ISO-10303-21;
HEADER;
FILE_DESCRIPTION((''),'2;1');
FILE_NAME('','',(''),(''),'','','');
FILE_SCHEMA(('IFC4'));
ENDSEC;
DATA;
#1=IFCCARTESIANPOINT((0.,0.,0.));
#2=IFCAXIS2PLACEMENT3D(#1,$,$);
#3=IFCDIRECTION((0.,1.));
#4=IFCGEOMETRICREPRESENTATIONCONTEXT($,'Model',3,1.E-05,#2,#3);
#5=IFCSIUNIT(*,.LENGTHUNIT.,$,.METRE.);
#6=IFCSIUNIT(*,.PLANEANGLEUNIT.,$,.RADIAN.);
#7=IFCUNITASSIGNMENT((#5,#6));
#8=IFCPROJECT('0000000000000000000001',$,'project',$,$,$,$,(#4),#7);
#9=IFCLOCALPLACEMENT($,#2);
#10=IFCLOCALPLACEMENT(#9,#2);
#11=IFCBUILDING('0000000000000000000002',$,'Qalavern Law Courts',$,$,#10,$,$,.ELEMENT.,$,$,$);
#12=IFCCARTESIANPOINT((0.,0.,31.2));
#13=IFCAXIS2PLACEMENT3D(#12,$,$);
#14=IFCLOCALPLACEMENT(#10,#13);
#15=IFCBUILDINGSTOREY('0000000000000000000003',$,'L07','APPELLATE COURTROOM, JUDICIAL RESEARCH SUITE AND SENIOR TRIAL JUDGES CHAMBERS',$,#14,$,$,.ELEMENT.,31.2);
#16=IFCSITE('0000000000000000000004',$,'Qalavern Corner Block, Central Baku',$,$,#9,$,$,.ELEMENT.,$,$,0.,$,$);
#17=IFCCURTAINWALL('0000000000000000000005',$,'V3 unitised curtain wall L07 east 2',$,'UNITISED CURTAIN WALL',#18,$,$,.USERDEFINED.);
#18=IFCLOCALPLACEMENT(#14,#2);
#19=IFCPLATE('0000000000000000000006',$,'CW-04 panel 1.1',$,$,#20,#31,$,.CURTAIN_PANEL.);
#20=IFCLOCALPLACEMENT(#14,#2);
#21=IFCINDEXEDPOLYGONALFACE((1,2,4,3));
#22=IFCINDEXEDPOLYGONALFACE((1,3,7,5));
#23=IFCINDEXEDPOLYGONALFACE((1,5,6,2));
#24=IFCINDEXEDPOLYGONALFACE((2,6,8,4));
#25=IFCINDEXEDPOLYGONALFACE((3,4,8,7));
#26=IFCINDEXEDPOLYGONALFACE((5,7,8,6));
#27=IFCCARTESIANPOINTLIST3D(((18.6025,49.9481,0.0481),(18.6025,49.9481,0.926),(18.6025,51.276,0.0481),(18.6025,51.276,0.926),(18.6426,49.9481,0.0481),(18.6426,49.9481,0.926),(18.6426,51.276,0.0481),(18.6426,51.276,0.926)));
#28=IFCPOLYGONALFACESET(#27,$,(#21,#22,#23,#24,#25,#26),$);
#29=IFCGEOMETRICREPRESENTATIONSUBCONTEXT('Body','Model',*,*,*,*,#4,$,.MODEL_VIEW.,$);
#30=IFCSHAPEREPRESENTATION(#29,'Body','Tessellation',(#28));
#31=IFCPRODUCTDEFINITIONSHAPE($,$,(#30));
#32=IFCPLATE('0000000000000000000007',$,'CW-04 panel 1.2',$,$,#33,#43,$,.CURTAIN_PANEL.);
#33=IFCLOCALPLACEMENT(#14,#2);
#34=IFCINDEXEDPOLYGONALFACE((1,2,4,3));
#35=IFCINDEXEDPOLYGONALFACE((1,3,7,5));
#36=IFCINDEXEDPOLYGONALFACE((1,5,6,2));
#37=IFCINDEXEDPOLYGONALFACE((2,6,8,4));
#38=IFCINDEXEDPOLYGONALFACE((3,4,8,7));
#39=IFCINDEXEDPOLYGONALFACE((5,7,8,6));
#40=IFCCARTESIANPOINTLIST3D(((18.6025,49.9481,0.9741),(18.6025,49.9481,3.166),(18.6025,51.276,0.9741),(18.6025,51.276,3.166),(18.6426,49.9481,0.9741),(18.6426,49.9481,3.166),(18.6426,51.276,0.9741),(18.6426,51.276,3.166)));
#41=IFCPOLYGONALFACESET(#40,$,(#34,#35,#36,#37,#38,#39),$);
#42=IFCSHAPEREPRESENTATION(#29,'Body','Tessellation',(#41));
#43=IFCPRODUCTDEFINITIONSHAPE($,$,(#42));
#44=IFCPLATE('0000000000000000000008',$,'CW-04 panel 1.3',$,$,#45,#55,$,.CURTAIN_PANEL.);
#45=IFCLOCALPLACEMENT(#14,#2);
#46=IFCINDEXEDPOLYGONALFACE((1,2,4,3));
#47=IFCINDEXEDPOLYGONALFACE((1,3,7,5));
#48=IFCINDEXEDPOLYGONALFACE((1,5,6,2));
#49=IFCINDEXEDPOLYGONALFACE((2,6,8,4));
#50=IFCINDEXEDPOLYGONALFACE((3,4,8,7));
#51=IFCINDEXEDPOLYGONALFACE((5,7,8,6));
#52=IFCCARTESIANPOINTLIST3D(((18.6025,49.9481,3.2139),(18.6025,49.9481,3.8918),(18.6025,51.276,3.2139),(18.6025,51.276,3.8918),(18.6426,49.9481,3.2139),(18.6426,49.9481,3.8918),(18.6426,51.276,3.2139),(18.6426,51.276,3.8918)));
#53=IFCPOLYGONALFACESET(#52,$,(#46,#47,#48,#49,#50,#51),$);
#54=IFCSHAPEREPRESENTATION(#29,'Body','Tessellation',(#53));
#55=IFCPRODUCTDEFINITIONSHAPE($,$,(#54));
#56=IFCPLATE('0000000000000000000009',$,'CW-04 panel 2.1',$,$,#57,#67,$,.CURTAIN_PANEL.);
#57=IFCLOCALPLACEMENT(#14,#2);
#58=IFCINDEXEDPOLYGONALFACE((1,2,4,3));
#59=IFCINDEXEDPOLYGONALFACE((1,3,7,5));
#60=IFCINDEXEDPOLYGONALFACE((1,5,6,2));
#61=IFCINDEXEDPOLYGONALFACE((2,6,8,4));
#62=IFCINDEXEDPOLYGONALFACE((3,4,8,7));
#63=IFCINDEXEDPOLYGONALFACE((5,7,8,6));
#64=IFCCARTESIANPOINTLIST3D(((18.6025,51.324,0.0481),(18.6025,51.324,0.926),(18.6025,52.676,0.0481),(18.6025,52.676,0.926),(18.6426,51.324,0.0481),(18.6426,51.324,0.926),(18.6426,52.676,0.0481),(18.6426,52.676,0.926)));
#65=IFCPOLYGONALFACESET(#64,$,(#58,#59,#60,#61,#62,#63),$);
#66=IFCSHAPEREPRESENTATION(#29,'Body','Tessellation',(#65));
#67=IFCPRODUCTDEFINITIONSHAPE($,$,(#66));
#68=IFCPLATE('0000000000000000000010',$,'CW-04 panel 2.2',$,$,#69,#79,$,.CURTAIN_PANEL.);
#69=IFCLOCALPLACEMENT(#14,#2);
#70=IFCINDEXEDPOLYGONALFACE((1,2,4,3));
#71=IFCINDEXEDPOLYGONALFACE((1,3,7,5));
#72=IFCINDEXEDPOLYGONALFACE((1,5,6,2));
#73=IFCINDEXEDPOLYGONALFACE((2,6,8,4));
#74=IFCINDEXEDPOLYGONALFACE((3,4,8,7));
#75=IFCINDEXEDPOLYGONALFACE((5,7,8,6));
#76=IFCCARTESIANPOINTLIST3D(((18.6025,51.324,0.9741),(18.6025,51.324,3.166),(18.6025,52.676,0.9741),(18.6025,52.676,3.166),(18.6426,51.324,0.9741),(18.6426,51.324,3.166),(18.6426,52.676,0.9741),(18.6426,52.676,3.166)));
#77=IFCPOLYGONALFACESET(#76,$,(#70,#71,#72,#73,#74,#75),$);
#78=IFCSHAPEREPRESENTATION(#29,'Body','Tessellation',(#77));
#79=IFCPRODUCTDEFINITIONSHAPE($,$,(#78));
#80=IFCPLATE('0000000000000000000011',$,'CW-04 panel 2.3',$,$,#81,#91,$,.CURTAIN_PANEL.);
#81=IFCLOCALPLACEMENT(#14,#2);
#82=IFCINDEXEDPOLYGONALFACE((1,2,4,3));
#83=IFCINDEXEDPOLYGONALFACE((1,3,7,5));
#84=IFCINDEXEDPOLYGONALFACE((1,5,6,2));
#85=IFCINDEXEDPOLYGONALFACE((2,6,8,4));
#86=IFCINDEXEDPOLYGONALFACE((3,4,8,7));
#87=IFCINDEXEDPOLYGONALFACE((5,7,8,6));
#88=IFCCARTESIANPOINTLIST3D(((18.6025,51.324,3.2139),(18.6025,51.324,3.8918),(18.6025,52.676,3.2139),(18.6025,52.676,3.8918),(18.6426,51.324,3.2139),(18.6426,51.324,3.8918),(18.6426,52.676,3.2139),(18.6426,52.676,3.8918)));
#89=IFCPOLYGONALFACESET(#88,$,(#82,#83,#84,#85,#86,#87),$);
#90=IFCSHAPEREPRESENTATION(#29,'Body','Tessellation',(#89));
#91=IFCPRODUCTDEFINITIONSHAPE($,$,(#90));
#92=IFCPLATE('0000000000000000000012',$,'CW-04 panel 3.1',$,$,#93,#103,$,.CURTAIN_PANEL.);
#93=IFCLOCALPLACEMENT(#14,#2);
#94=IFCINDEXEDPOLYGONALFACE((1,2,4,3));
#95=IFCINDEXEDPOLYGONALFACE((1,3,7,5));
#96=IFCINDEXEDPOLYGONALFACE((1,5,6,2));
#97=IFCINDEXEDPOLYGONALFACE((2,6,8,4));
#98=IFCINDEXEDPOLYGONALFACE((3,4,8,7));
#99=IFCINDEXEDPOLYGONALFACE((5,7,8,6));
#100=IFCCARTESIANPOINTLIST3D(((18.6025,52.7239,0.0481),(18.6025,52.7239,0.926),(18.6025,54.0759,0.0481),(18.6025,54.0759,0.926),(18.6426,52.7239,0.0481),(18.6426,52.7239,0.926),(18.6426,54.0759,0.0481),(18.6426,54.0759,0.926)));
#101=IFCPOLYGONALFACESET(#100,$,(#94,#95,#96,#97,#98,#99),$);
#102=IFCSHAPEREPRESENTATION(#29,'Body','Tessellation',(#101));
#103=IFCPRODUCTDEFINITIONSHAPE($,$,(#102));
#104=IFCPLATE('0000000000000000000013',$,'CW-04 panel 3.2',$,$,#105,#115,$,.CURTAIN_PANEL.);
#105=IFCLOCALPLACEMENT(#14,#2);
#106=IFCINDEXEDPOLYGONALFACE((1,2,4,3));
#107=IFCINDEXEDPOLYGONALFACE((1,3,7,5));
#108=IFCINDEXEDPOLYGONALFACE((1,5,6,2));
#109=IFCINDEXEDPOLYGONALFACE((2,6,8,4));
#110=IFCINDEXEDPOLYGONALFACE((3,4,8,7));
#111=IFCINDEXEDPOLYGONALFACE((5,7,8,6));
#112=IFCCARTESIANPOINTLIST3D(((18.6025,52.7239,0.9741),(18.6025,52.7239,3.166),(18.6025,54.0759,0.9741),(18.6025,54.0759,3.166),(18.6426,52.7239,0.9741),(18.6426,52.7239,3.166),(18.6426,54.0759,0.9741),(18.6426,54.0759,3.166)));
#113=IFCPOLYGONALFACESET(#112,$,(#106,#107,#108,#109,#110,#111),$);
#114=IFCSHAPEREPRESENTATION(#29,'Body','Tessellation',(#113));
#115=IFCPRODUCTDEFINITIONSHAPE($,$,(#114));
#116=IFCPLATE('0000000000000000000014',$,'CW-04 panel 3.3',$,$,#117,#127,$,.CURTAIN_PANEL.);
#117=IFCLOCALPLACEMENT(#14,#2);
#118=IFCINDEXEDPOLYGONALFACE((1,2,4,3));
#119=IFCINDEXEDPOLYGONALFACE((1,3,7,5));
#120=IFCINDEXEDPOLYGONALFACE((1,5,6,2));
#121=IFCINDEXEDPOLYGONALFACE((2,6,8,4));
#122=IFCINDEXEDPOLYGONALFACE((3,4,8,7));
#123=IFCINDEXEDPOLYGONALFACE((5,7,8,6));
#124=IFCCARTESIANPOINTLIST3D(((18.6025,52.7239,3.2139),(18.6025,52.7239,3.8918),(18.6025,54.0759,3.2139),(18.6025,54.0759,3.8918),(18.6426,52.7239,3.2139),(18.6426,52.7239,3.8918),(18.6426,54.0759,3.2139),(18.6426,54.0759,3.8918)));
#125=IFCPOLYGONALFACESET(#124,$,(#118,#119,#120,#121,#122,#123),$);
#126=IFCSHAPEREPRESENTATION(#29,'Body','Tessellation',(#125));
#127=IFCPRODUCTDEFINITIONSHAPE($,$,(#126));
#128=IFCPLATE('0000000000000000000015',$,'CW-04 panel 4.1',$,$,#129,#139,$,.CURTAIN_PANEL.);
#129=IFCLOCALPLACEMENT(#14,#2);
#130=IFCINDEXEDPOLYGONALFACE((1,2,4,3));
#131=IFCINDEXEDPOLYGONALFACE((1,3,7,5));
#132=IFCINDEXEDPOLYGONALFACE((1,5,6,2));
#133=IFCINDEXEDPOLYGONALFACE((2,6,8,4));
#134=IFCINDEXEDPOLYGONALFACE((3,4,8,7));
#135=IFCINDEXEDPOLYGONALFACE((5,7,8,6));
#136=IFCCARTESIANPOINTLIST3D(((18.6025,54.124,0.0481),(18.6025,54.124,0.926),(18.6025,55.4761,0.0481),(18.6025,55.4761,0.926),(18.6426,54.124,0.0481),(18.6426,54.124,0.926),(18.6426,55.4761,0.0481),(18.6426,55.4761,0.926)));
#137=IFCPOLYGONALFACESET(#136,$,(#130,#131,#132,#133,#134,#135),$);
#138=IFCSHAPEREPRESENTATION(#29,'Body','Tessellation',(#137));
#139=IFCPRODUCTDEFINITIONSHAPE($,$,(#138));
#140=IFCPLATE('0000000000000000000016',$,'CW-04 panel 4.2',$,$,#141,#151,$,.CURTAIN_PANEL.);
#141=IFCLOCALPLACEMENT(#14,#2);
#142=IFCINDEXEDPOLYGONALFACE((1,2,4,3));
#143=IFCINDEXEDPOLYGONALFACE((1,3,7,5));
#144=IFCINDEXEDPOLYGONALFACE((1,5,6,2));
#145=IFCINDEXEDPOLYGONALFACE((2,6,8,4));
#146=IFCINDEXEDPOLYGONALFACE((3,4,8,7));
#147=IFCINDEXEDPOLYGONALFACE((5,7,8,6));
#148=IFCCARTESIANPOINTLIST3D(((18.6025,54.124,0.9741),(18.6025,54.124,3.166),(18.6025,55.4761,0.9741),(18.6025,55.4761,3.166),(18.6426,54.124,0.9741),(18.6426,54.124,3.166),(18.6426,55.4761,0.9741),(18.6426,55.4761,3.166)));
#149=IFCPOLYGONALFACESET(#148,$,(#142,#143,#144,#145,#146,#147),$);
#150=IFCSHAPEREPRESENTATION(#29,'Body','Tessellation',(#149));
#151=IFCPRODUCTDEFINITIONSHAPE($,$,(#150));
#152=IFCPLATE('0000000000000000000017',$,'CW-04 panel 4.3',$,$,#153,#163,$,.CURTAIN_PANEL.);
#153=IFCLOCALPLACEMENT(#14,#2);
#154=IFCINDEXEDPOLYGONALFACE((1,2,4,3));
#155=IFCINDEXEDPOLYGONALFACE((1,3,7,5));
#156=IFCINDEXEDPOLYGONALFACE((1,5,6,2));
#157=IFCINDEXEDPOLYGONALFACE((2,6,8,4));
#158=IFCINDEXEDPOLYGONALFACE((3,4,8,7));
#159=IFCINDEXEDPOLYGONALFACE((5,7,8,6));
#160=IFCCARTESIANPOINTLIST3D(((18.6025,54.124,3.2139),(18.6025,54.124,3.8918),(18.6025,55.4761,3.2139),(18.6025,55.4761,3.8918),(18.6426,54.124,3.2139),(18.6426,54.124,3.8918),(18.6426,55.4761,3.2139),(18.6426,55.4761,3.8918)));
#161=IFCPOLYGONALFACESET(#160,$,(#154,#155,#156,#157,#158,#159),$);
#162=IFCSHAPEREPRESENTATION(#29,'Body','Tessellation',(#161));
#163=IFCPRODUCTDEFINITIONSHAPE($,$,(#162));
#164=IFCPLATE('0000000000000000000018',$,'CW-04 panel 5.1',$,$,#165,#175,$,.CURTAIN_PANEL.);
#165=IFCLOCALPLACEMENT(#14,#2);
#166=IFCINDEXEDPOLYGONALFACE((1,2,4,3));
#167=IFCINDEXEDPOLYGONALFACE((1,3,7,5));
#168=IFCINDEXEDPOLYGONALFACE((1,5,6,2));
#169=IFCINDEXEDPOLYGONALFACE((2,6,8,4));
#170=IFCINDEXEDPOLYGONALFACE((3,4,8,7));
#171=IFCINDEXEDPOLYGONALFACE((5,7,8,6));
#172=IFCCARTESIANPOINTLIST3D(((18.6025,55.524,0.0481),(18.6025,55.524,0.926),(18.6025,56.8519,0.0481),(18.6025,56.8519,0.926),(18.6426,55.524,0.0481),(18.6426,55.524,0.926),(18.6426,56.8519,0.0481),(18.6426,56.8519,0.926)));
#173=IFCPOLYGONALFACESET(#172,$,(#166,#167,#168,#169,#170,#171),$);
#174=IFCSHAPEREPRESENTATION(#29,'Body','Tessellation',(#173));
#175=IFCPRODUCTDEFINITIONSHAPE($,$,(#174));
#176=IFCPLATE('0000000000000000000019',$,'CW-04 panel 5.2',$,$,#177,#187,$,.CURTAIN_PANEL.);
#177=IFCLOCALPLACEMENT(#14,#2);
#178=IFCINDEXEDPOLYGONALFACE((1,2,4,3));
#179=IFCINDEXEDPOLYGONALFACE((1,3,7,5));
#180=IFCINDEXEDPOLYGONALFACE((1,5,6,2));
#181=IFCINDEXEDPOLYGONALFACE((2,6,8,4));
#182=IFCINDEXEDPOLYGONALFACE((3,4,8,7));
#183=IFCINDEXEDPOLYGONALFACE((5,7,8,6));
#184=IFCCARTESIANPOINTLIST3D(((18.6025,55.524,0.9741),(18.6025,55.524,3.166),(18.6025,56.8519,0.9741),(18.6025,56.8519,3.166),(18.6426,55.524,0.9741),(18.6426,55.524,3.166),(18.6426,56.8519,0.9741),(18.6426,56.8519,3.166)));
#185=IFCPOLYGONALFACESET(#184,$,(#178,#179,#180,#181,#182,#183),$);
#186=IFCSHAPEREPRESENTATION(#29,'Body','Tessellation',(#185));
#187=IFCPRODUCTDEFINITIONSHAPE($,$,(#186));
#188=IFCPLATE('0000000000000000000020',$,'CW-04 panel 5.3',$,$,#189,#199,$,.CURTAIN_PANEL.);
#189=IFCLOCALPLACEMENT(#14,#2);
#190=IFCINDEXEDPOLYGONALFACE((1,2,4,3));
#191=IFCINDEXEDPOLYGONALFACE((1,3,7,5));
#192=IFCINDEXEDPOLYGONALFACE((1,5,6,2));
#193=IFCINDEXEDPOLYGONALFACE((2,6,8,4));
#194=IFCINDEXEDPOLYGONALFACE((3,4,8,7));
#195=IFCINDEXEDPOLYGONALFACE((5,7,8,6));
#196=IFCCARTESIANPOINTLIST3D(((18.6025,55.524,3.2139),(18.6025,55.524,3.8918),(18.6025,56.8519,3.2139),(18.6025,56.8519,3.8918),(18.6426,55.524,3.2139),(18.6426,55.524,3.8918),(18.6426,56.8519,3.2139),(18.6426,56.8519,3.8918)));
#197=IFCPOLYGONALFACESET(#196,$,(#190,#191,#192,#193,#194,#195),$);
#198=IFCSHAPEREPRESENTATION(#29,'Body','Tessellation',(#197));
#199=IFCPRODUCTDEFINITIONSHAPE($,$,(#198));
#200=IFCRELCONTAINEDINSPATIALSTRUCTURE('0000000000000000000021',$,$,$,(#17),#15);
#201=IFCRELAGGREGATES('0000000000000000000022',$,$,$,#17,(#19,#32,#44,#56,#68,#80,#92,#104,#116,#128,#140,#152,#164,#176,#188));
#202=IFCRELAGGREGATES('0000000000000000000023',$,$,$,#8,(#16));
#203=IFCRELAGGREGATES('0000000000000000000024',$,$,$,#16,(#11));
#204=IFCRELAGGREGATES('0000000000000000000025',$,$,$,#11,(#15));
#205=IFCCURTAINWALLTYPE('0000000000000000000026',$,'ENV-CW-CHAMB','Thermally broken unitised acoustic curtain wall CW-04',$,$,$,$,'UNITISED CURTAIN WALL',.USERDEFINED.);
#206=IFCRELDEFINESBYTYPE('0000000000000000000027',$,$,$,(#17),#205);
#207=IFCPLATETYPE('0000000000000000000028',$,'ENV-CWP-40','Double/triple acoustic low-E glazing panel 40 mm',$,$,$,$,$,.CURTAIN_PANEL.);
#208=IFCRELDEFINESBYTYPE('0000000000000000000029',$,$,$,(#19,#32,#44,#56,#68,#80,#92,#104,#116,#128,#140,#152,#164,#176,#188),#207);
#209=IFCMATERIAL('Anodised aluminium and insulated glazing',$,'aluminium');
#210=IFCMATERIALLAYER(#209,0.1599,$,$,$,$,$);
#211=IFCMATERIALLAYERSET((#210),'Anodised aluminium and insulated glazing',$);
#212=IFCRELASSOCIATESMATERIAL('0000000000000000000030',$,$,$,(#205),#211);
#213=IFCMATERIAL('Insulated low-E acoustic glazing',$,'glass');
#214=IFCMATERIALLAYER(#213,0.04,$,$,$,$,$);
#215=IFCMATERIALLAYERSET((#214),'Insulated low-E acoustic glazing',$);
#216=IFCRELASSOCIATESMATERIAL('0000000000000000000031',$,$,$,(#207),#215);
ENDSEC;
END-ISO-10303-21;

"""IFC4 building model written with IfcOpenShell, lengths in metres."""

from ifc_helpers import new_model, si_unit, direction, frame, origin, origin_2d, place, context, subcontext, project, spatial, rectangle, extrude, material, layer, layer_set, type_object, element, aggregate, save


model = new_model("IFC4")

# Units and contexts
model_context = context("Model", 3, precision=1e-05, world=origin(), true_north=direction((0.0, 1.0)))
body_context = subcontext(model_context, "Body", "Model", "MODEL_VIEW")
ifc_project = project(units=[si_unit("LENGTHUNIT", "METRE"), si_unit("PLANEANGLEUNIT", "RADIAN")], contexts=[model_context])

# Site, building, storey
site_placement = place(None, origin())
site = spatial("IfcSite", under=ifc_project, at=site_placement, Name="Qalavern Corner Block, Central Baku", CompositionType="ELEMENT", RefElevation=0.0)
building_placement = place(site_placement, origin())
building = spatial("IfcBuilding", under=site, at=building_placement, Name="Qalavern Law Courts", CompositionType="ELEMENT")
storey_placement = place(building_placement, frame((0.0, 0.0, 31.2)))
storey = spatial("IfcBuildingStorey", under=building, at=storey_placement, Name="L07", Description="APPELLATE COURTROOM, JUDICIAL RESEARCH SUITE AND SENIOR TRIAL JUDGES CHAMBERS", CompositionType="ELEMENT", Elevation=31.2)

# Curtain wall
ifc_material_1 = material(Name="Anodised aluminium and insulated glazing", Category="aluminium")
ifc_layer_1 = layer(ifc_material_1, 0.1599)
ifc_layer_set_1 = layer_set([ifc_layer_1], Name="Anodised aluminium and insulated glazing")
curtain_wall_type = type_object("IfcCurtainWallType", Name="ENV-CW-CHAMB", Description="Thermally broken unitised acoustic curtain wall CW-04", ElementType="UNITISED CURTAIN WALL", PredefinedType="USERDEFINED", material=ifc_layer_set_1)
curtain_wall_1_placement = place(storey_placement, origin())
curtain_wall_1 = element("IfcCurtainWall", 1, at=curtain_wall_1_placement, inside=storey, type_object=curtain_wall_type, Name="V3 unitised curtain wall L07 east 2", ObjectType="UNITISED CURTAIN WALL", PredefinedType="USERDEFINED")

# Plates
ifc_material_2 = material(Name="Insulated low-E acoustic glazing", Category="glass")
ifc_layer_2 = layer(ifc_material_2, 0.04)
ifc_layer_set_2 = layer_set([ifc_layer_2], Name="Insulated low-E acoustic glazing")
plate_type = type_object("IfcPlateType", Name="ENV-CWP-40", Description="Double/triple acoustic low-E glazing panel 40 mm", PredefinedType="CURTAIN_PANEL", material=ifc_layer_set_2)
plate_1_placement = place(storey_placement, frame((18.6226, 50.6121, 0.0481), z_axis=(0.0, 0.0, 1.0), x_axis=(0.0, 1.0, 0.0)))
plate_1 = element("IfcPlate", 2, at=plate_1_placement, type_object=plate_type, Name="CW-04 panel 1.1", PredefinedType="CURTAIN_PANEL", context=body_context, shape_type="SweptSolid", body=[
    extrude(rectangle(XDim=1.3279, YDim=0.04, at=origin_2d()), origin(), (0.0, 0.0, 1.0), 0.8779),
])
plate_2_placement = place(storey_placement, frame((18.6226, 50.6121, 0.9741), z_axis=(0.0, 0.0, 1.0), x_axis=(0.0, 1.0, 0.0)))
plate_2 = element("IfcPlate", 3, at=plate_2_placement, type_object=plate_type, Name="CW-04 panel 1.2", PredefinedType="CURTAIN_PANEL", context=body_context, shape_type="SweptSolid", body=[
    extrude(rectangle(XDim=1.3279, YDim=0.04, at=origin_2d()), origin(), (0.0, 0.0, 1.0), 2.1919),
])
plate_3_placement = place(storey_placement, frame((18.6226, 50.6121, 3.2139), z_axis=(0.0, 0.0, 1.0), x_axis=(0.0, 1.0, 0.0)))
plate_3 = element("IfcPlate", 4, at=plate_3_placement, type_object=plate_type, Name="CW-04 panel 1.3", PredefinedType="CURTAIN_PANEL", context=body_context, shape_type="SweptSolid", body=[
    extrude(rectangle(XDim=1.3279, YDim=0.04, at=origin_2d()), origin(), (0.0, 0.0, 1.0), 0.678),
])
plate_4_placement = place(storey_placement, frame((18.6226, 52.0, 0.0481), z_axis=(0.0, 0.0, 1.0), x_axis=(0.0, 1.0, 0.0)))
plate_4 = element("IfcPlate", 5, at=plate_4_placement, type_object=plate_type, Name="CW-04 panel 2.1", PredefinedType="CURTAIN_PANEL", context=body_context, shape_type="SweptSolid", body=[
    extrude(rectangle(XDim=1.3521, YDim=0.04, at=origin_2d()), origin(), (0.0, 0.0, 1.0), 0.8779),
])
plate_5_placement = place(storey_placement, frame((18.6226, 52.0, 0.9741), z_axis=(0.0, 0.0, 1.0), x_axis=(0.0, 1.0, 0.0)))
plate_5 = element("IfcPlate", 6, at=plate_5_placement, type_object=plate_type, Name="CW-04 panel 2.2", PredefinedType="CURTAIN_PANEL", context=body_context, shape_type="SweptSolid", body=[
    extrude(rectangle(XDim=1.3521, YDim=0.04, at=origin_2d()), origin(), (0.0, 0.0, 1.0), 2.1919),
])
plate_6_placement = place(storey_placement, frame((18.6226, 52.0, 3.2139), z_axis=(0.0, 0.0, 1.0), x_axis=(0.0, 1.0, 0.0)))
plate_6 = element("IfcPlate", 7, at=plate_6_placement, type_object=plate_type, Name="CW-04 panel 2.3", PredefinedType="CURTAIN_PANEL", context=body_context, shape_type="SweptSolid", body=[
    extrude(rectangle(XDim=1.3521, YDim=0.04, at=origin_2d()), origin(), (0.0, 0.0, 1.0), 0.678),
])
plate_7_placement = place(storey_placement, frame((18.6226, 53.3999, 0.0481), z_axis=(0.0, 0.0, 1.0), x_axis=(0.0, 1.0, 0.0)))
plate_7 = element("IfcPlate", 8, at=plate_7_placement, type_object=plate_type, Name="CW-04 panel 3.1", PredefinedType="CURTAIN_PANEL", context=body_context, shape_type="SweptSolid", body=[
    extrude(rectangle(XDim=1.3521, YDim=0.04, at=origin_2d()), origin(), (0.0, 0.0, 1.0), 0.8779),
])
plate_8_placement = place(storey_placement, frame((18.6226, 53.3999, 0.9741), z_axis=(0.0, 0.0, 1.0), x_axis=(0.0, 1.0, 0.0)))
plate_8 = element("IfcPlate", 9, at=plate_8_placement, type_object=plate_type, Name="CW-04 panel 3.2", PredefinedType="CURTAIN_PANEL", context=body_context, shape_type="SweptSolid", body=[
    extrude(rectangle(XDim=1.3521, YDim=0.04, at=origin_2d()), origin(), (0.0, 0.0, 1.0), 2.1919),
])
plate_9_placement = place(storey_placement, frame((18.6226, 53.3999, 3.2139), z_axis=(0.0, 0.0, 1.0), x_axis=(0.0, 1.0, 0.0)))
plate_9 = element("IfcPlate", 10, at=plate_9_placement, type_object=plate_type, Name="CW-04 panel 3.3", PredefinedType="CURTAIN_PANEL", context=body_context, shape_type="SweptSolid", body=[
    extrude(rectangle(XDim=1.3521, YDim=0.04, at=origin_2d()), origin(), (0.0, 0.0, 1.0), 0.678),
])
plate_10_placement = place(storey_placement, frame((18.6226, 54.8, 0.0481), z_axis=(0.0, 0.0, 1.0), x_axis=(0.0, 1.0, 0.0)))
plate_10 = element("IfcPlate", 11, at=plate_10_placement, type_object=plate_type, Name="CW-04 panel 4.1", PredefinedType="CURTAIN_PANEL", context=body_context, shape_type="SweptSolid", body=[
    extrude(rectangle(XDim=1.3521, YDim=0.04, at=origin_2d()), origin(), (0.0, 0.0, 1.0), 0.8779),
])
plate_11_placement = place(storey_placement, frame((18.6226, 54.8, 0.9741), z_axis=(0.0, 0.0, 1.0), x_axis=(0.0, 1.0, 0.0)))
plate_11 = element("IfcPlate", 12, at=plate_11_placement, type_object=plate_type, Name="CW-04 panel 4.2", PredefinedType="CURTAIN_PANEL", context=body_context, shape_type="SweptSolid", body=[
    extrude(rectangle(XDim=1.3521, YDim=0.04, at=origin_2d()), origin(), (0.0, 0.0, 1.0), 2.1919),
])
plate_12_placement = place(storey_placement, frame((18.6226, 54.8, 3.2139), z_axis=(0.0, 0.0, 1.0), x_axis=(0.0, 1.0, 0.0)))
plate_12 = element("IfcPlate", 13, at=plate_12_placement, type_object=plate_type, Name="CW-04 panel 4.3", PredefinedType="CURTAIN_PANEL", context=body_context, shape_type="SweptSolid", body=[
    extrude(rectangle(XDim=1.3521, YDim=0.04, at=origin_2d()), origin(), (0.0, 0.0, 1.0), 0.678),
])
plate_13_placement = place(storey_placement, frame((18.6226, 56.188, 0.0481), z_axis=(0.0, 0.0, 1.0), x_axis=(0.0, 1.0, 0.0)))
plate_13 = element("IfcPlate", 14, at=plate_13_placement, type_object=plate_type, Name="CW-04 panel 5.1", PredefinedType="CURTAIN_PANEL", context=body_context, shape_type="SweptSolid", body=[
    extrude(rectangle(XDim=1.3279, YDim=0.04, at=origin_2d()), origin(), (0.0, 0.0, 1.0), 0.8779),
])
plate_14_placement = place(storey_placement, frame((18.6226, 56.188, 0.9741), z_axis=(0.0, 0.0, 1.0), x_axis=(0.0, 1.0, 0.0)))
plate_14 = element("IfcPlate", 15, at=plate_14_placement, type_object=plate_type, Name="CW-04 panel 5.2", PredefinedType="CURTAIN_PANEL", context=body_context, shape_type="SweptSolid", body=[
    extrude(rectangle(XDim=1.3279, YDim=0.04, at=origin_2d()), origin(), (0.0, 0.0, 1.0), 2.1919),
])
plate_15_placement = place(storey_placement, frame((18.6226, 56.188, 3.2139), z_axis=(0.0, 0.0, 1.0), x_axis=(0.0, 1.0, 0.0)))
plate_15 = element("IfcPlate", 16, at=plate_15_placement, type_object=plate_type, Name="CW-04 panel 5.3", PredefinedType="CURTAIN_PANEL", context=body_context, shape_type="SweptSolid", body=[
    extrude(rectangle(XDim=1.3279, YDim=0.04, at=origin_2d()), origin(), (0.0, 0.0, 1.0), 0.678),
])
aggregate(curtain_wall_1, [plate_1, plate_2, plate_3, plate_4, plate_5, plate_6, plate_7, plate_8, plate_9, plate_10, plate_11, plate_12, plate_13, plate_14, plate_15])

save(model, "model.ifc")
